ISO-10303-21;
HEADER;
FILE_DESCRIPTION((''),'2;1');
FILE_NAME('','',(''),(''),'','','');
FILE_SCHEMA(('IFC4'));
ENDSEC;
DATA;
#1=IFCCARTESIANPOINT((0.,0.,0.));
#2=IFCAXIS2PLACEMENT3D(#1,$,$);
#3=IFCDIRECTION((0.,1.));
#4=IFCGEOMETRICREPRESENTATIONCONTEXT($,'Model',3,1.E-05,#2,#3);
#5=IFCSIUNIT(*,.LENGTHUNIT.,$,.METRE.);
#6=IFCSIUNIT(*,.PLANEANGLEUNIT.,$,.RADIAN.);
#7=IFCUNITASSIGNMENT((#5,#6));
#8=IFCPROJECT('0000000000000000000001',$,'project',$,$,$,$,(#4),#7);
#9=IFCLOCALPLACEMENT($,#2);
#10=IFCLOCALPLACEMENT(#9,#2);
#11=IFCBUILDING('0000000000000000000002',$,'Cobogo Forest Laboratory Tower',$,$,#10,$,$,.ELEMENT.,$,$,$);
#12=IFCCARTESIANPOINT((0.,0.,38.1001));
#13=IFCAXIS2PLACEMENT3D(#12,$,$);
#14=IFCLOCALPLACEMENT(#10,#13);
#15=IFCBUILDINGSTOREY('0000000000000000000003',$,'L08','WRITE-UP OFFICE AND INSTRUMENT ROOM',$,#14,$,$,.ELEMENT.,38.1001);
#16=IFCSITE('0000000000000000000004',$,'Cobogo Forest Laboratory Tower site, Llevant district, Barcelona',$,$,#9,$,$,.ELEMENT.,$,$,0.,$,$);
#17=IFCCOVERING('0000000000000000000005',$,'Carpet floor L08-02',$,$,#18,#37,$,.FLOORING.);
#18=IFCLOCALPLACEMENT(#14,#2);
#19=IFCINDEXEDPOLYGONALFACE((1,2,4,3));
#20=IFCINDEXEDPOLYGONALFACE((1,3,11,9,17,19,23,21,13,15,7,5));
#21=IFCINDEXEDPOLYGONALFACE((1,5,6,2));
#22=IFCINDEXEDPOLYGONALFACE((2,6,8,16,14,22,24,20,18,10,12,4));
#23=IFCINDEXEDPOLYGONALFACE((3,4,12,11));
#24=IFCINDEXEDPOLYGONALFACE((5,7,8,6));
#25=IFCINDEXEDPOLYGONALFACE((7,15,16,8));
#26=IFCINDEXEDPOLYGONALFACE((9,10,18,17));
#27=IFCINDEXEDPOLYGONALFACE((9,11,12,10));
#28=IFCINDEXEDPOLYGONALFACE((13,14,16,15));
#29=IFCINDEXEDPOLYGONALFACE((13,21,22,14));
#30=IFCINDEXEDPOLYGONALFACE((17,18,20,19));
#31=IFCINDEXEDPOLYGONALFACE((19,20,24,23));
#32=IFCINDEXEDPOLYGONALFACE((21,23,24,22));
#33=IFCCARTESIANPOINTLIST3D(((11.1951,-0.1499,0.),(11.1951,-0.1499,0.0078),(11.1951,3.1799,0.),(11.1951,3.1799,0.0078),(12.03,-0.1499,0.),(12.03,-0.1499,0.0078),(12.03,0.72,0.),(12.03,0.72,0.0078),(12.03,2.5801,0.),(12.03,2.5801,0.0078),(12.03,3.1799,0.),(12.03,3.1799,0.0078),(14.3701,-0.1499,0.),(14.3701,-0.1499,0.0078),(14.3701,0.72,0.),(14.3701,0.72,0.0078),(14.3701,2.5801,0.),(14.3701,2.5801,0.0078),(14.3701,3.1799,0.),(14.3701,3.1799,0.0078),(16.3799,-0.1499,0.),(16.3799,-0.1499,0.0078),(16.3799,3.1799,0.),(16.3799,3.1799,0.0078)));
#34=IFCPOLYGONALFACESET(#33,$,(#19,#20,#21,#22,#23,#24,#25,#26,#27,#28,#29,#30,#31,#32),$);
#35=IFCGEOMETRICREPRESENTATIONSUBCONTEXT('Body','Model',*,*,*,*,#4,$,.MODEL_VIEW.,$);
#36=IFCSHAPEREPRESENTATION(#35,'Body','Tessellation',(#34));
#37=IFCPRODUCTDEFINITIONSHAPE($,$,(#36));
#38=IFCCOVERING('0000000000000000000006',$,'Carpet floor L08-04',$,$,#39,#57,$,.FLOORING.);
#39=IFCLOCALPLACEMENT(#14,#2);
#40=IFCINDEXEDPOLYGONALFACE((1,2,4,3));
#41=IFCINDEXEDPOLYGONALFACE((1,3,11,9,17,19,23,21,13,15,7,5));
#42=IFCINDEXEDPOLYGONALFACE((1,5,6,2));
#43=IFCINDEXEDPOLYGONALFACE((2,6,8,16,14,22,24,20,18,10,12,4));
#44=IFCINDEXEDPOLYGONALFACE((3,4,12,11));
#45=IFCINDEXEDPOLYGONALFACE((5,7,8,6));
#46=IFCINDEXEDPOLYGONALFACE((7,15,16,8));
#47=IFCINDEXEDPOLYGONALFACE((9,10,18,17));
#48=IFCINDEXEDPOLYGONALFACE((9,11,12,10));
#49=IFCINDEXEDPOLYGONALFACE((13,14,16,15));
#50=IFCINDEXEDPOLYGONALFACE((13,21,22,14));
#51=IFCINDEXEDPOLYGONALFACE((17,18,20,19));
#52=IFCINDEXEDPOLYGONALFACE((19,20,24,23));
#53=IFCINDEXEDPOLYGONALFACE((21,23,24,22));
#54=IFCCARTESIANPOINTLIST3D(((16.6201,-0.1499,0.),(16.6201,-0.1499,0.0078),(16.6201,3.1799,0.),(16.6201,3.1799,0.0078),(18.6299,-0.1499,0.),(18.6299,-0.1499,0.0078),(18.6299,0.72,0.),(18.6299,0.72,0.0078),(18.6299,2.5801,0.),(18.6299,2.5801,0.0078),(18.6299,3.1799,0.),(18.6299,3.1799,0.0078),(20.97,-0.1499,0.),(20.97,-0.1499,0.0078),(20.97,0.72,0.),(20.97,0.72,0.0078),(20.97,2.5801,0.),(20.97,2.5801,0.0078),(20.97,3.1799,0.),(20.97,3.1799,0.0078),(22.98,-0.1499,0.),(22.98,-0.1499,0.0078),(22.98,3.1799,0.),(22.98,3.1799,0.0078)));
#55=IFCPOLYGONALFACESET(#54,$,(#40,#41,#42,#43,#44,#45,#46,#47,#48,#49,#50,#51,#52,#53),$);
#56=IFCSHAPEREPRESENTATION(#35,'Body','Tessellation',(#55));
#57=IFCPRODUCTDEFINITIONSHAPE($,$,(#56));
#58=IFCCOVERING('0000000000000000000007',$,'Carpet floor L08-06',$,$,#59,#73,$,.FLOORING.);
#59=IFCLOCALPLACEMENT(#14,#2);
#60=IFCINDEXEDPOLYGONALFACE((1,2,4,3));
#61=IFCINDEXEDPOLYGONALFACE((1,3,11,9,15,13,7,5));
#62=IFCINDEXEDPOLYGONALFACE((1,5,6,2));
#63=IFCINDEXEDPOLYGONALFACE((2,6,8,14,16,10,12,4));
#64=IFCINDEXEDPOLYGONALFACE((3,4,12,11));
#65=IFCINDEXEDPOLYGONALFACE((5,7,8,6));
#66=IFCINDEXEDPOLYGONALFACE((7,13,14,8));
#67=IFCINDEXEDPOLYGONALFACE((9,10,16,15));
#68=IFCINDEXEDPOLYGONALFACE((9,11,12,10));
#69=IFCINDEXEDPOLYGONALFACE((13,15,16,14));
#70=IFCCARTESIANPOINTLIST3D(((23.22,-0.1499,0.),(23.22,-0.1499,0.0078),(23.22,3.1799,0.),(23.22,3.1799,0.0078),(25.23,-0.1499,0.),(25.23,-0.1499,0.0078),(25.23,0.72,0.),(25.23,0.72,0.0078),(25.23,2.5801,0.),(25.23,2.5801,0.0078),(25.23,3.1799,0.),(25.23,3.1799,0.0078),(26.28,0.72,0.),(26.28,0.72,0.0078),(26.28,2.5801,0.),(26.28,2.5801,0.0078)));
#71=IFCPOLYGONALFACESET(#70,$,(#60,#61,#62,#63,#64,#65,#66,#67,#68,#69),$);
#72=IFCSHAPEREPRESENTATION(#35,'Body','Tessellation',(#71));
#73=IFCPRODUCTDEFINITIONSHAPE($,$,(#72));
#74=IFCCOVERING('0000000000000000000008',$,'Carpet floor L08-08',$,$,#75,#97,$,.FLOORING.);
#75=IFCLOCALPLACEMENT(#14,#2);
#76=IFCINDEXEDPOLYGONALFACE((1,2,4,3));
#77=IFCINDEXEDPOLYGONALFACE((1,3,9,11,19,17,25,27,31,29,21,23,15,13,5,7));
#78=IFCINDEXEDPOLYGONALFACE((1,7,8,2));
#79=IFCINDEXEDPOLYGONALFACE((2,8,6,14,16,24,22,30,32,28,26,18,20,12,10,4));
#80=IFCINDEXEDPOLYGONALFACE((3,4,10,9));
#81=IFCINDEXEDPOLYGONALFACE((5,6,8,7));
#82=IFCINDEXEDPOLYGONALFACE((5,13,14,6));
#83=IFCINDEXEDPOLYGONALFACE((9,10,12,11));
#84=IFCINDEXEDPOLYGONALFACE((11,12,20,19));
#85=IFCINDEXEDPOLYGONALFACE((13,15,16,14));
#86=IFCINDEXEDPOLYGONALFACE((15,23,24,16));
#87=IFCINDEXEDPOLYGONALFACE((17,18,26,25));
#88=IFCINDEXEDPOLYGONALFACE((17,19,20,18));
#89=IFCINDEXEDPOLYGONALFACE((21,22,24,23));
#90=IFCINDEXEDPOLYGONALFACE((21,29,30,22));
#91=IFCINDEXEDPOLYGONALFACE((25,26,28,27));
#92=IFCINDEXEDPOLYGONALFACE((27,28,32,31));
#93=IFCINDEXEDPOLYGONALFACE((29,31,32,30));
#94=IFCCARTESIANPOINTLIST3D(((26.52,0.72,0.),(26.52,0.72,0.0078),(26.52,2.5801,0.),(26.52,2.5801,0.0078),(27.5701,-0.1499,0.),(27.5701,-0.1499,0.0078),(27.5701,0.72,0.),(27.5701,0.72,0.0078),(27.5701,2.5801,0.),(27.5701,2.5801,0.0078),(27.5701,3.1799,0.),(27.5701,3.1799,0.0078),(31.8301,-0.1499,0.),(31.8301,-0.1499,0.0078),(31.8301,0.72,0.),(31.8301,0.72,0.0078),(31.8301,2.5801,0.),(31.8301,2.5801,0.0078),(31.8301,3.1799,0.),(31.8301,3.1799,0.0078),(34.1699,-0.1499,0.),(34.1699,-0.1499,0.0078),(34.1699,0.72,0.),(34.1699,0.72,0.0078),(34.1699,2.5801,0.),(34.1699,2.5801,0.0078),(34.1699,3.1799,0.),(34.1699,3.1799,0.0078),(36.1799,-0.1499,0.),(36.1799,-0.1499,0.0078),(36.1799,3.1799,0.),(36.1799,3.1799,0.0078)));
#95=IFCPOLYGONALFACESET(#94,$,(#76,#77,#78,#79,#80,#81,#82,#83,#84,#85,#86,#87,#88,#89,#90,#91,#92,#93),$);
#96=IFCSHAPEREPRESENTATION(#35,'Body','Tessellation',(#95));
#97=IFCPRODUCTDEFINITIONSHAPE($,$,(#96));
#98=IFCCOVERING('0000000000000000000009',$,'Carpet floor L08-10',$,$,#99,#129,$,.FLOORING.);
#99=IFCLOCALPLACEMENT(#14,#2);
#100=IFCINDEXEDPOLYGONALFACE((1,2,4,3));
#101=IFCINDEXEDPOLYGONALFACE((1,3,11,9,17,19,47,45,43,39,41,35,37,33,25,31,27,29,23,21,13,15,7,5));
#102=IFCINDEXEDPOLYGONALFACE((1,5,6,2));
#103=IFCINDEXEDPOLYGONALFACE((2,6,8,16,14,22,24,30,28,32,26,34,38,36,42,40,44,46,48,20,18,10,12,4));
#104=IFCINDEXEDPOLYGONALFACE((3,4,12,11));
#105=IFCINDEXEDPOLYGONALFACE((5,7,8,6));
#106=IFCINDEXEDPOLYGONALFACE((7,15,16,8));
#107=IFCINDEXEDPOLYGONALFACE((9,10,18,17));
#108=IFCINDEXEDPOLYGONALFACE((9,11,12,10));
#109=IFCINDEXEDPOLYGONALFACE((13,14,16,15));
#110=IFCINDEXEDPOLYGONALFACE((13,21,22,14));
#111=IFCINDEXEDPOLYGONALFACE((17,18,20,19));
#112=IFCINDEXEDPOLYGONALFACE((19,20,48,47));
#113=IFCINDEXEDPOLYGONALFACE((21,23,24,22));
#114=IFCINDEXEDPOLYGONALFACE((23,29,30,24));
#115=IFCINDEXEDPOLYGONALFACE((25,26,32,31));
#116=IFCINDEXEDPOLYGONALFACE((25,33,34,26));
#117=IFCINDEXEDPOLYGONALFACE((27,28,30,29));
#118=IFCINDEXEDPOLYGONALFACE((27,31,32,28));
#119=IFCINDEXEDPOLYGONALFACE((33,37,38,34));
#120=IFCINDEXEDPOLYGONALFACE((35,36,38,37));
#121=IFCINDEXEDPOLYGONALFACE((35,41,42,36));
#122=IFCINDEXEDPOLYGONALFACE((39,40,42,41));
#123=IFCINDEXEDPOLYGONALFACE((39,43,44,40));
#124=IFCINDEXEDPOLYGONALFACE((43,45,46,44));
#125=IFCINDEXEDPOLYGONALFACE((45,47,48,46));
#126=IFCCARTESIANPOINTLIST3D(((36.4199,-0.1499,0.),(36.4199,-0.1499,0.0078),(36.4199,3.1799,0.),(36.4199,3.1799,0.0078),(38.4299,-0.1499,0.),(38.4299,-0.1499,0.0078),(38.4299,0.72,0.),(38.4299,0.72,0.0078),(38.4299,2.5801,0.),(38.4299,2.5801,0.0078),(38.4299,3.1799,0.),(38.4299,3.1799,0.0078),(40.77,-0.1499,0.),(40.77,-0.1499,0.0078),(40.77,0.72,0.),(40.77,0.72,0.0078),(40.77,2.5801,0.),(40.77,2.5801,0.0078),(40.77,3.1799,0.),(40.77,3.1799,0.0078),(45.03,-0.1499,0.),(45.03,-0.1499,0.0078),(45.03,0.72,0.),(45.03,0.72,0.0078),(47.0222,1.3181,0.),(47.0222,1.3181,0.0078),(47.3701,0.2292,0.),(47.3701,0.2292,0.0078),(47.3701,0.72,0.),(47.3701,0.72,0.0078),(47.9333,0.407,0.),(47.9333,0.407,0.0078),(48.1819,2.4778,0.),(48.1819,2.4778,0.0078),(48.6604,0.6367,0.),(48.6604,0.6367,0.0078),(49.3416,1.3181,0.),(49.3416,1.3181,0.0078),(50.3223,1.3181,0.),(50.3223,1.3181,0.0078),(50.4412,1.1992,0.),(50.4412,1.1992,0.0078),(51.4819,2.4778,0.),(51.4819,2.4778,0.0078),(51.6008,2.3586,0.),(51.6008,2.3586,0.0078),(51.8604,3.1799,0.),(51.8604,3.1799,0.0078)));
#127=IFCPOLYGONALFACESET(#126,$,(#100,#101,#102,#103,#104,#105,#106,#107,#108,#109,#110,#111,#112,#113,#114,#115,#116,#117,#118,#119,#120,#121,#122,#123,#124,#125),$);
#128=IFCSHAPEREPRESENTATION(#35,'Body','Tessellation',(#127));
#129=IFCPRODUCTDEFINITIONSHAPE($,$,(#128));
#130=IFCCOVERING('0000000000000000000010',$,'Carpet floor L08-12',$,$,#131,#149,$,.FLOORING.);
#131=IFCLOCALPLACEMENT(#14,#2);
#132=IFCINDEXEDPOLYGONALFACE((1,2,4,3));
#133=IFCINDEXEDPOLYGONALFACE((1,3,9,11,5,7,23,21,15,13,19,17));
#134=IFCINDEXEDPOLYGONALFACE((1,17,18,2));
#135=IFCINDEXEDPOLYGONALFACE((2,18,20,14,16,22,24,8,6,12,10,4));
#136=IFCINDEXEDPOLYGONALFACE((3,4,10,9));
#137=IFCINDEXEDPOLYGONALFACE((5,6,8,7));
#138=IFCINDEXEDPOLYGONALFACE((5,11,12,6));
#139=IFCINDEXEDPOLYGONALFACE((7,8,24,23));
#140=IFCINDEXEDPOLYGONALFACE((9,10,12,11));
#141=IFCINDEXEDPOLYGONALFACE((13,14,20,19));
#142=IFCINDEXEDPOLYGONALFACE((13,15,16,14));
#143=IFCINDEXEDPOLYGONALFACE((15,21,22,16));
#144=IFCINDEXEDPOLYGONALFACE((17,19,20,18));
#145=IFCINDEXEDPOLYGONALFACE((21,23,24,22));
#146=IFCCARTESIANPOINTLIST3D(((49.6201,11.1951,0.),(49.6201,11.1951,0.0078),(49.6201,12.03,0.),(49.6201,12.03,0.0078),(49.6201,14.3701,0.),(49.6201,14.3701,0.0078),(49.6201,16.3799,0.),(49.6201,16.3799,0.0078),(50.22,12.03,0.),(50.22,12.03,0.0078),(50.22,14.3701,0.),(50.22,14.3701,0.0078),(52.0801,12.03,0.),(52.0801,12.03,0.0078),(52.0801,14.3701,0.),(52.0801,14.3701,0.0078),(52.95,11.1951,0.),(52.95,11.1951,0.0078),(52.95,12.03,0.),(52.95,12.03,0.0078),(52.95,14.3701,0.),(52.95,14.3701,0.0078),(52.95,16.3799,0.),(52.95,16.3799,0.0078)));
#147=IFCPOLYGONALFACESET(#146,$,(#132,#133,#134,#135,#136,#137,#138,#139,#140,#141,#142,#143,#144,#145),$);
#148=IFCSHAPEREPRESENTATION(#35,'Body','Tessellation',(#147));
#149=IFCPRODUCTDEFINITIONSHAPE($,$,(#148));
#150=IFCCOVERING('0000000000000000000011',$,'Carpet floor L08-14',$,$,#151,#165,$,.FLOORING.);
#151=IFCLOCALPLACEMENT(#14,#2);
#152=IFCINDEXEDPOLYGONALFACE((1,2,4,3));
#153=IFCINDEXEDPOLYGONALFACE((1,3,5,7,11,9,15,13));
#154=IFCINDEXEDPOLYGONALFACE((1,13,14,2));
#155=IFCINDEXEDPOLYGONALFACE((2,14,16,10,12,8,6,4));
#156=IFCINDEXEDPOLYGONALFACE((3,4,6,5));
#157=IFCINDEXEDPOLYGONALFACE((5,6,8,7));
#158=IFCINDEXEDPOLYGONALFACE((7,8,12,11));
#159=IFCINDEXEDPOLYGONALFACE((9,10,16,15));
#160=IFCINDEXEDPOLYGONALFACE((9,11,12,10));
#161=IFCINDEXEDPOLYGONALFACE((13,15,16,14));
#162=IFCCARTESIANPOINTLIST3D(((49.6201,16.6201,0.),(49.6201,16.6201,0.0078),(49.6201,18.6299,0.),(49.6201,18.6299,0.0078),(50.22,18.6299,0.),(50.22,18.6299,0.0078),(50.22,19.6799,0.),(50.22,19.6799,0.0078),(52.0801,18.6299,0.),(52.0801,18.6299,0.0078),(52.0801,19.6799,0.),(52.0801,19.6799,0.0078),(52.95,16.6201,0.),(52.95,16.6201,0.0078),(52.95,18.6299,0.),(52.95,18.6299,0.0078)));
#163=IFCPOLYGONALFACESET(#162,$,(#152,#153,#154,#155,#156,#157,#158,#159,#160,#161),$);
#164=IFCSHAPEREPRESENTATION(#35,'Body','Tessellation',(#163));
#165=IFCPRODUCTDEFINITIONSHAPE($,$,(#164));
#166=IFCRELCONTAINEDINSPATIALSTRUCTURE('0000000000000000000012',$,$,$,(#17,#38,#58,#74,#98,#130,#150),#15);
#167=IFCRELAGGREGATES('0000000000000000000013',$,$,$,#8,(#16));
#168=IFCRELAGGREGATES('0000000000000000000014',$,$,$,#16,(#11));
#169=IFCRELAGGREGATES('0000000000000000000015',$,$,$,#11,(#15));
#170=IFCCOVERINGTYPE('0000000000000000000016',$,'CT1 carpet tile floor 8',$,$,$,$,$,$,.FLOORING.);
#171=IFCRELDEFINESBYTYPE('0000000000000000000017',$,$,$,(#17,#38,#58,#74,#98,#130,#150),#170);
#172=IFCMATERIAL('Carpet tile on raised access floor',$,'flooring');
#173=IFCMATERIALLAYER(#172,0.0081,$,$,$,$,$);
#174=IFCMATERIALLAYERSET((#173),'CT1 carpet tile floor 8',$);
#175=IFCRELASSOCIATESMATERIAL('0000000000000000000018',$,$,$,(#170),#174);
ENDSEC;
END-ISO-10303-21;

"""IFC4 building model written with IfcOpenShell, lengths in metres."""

from ifc_helpers import new_model, si_unit, direction, frame, origin, place, context, subcontext, project, spatial, polyline, outline, extrude, material, layer, layer_set, type_object, element, save


model = new_model("IFC4")

# Units and contexts
model_context = context("Model", 3, precision=1e-05, world=origin(), true_north=direction((0.0, 1.0)))
body_context = subcontext(model_context, "Body", "Model", "MODEL_VIEW")
ifc_project = project(units=[si_unit("LENGTHUNIT", "METRE"), si_unit("PLANEANGLEUNIT", "RADIAN")], contexts=[model_context])

# Site, building, storey
site_placement = place(None, origin())
site = spatial("IfcSite", under=ifc_project, at=site_placement, Name="Cobogo Forest Laboratory Tower site, Llevant district, Barcelona", CompositionType="ELEMENT", RefElevation=0.0)
building_placement = place(site_placement, origin())
building = spatial("IfcBuilding", under=site, at=building_placement, Name="Cobogo Forest Laboratory Tower", CompositionType="ELEMENT")
storey_placement = place(building_placement, frame((0.0, 0.0, 38.1001)))
storey = spatial("IfcBuildingStorey", under=building, at=storey_placement, Name="L08", Description="WRITE-UP OFFICE AND INSTRUMENT ROOM", CompositionType="ELEMENT", Elevation=38.1001)

# Coverings
ifc_material_1 = material(Name="Carpet tile on raised access floor", Category="flooring")
ifc_layer_1 = layer(ifc_material_1, 0.0081)
ifc_layer_set_1 = layer_set([ifc_layer_1], Name="CT1 carpet tile floor 8")
covering_type_1 = type_object("IfcCoveringType", Name="CT1 carpet tile floor 8", PredefinedType="FLOORING", material=ifc_layer_set_1)
covering_1_placement = place(storey_placement, origin())
element("IfcCovering", 1, at=covering_1_placement, inside=storey, type_object=covering_type_1, Name="Carpet floor L08-02", PredefinedType="FLOORING", context=body_context, shape_type="SweptSolid", body=[
    extrude(outline(polyline([(12.03, 3.1799), (12.03, 2.5801), (14.3701, 2.5801), (14.3701, 3.1799), (16.3799, 3.1799), (16.3799, -0.1499), (14.3701, -0.1499), (14.3701, 0.72), (12.03, 0.72), (12.03, -0.1499), (11.1951, -0.1499), (11.1951, 3.1799), (12.03, 3.1799)])), origin(), (0.0, 0.0, 1.0), 0.0078),
])
covering_2_placement = place(storey_placement, origin())
element("IfcCovering", 2, at=covering_2_placement, inside=storey, type_object=covering_type_1, Name="Carpet floor L08-04", PredefinedType="FLOORING", context=body_context, shape_type="SweptSolid", body=[
    extrude(outline(polyline([(18.6299, 3.1799), (18.6299, 2.5801), (20.97, 2.5801), (20.97, 3.1799), (22.98, 3.1799), (22.98, -0.1499), (20.97, -0.1499), (20.97, 0.72), (18.6299, 0.72), (18.6299, -0.1499), (16.6201, -0.1499), (16.6201, 3.1799), (18.6299, 3.1799)])), origin(), (0.0, 0.0, 1.0), 0.0078),
])
covering_3_placement = place(storey_placement, origin())
element("IfcCovering", 3, at=covering_3_placement, inside=storey, type_object=covering_type_1, Name="Carpet floor L08-06", PredefinedType="FLOORING", context=body_context, shape_type="SweptSolid", body=[
    extrude(outline(polyline([(25.23, 3.1799), (25.23, 2.5801), (26.28, 2.5801), (26.28, 0.72), (25.23, 0.72), (25.23, -0.1499), (23.22, -0.1499), (23.22, 3.1799), (25.23, 3.1799)])), origin(), (0.0, 0.0, 1.0), 0.0078),
])
covering_4_placement = place(storey_placement, origin())
element("IfcCovering", 4, at=covering_4_placement, inside=storey, type_object=covering_type_1, Name="Carpet floor L08-08", PredefinedType="FLOORING", context=body_context, shape_type="SweptSolid", body=[
    extrude(outline(polyline([(31.8301, 3.1799), (31.8301, 2.5801), (34.1699, 2.5801), (34.1699, 3.1799), (36.1799, 3.1799), (36.1799, -0.1499), (34.1699, -0.1499), (34.1699, 0.72), (31.8301, 0.72), (31.8301, -0.1499), (27.5701, -0.1499), (27.5701, 0.72), (26.52, 0.72), (26.52, 2.5801), (27.5701, 2.5801), (27.5701, 3.1799), (31.8301, 3.1799)])), origin(), (0.0, 0.0, 1.0), 0.0078),
])
covering_5_placement = place(storey_placement, origin())
element("IfcCovering", 5, at=covering_5_placement, inside=storey, type_object=covering_type_1, Name="Carpet floor L08-10", PredefinedType="FLOORING", context=body_context, shape_type="SweptSolid", body=[
    extrude(outline(polyline([(38.4299, 3.1799), (38.4299, 2.5801), (40.77, 2.5801), (40.77, 3.1799), (51.8604, 3.1799), (51.6008, 2.3586), (51.4819, 2.4778), (50.3223, 1.3181), (50.4412, 1.1992), (48.6604, 0.6367), (49.3416, 1.3181), (48.1819, 2.4778), (47.0222, 1.3181), (47.9333, 0.407), (47.3701, 0.2292), (47.3701, 0.72), (45.03, 0.72), (45.03, -0.1499), (40.77, -0.1499), (40.77, 0.72), (38.4299, 0.72), (38.4299, -0.1499), (36.4199, -0.1499), (36.4199, 3.1799), (38.4299, 3.1799)])), origin(), (0.0, 0.0, 1.0), 0.0078),
])
covering_6_placement = place(storey_placement, origin())
element("IfcCovering", 6, at=covering_6_placement, inside=storey, type_object=covering_type_1, Name="Carpet floor L08-12", PredefinedType="FLOORING", context=body_context, shape_type="SweptSolid", body=[
    extrude(outline(polyline([(49.6201, 12.03), (50.22, 12.03), (50.22, 14.3701), (49.6201, 14.3701), (49.6201, 16.3799), (52.95, 16.3799), (52.95, 14.3701), (52.0801, 14.3701), (52.0801, 12.03), (52.95, 12.03), (52.95, 11.1951), (49.6201, 11.1951), (49.6201, 12.03)])), origin(), (0.0, 0.0, 1.0), 0.0078),
])
covering_7_placement = place(storey_placement, origin())
element("IfcCovering", 7, at=covering_7_placement, inside=storey, type_object=covering_type_1, Name="Carpet floor L08-14", PredefinedType="FLOORING", context=body_context, shape_type="SweptSolid", body=[
    extrude(outline(polyline([(49.6201, 18.6299), (50.22, 18.6299), (50.22, 19.6799), (52.0801, 19.6799), (52.0801, 18.6299), (52.95, 18.6299), (52.95, 16.6201), (49.6201, 16.6201), (49.6201, 18.6299)])), origin(), (0.0, 0.0, 1.0), 0.0078),
])

save(model, "model.ifc")
